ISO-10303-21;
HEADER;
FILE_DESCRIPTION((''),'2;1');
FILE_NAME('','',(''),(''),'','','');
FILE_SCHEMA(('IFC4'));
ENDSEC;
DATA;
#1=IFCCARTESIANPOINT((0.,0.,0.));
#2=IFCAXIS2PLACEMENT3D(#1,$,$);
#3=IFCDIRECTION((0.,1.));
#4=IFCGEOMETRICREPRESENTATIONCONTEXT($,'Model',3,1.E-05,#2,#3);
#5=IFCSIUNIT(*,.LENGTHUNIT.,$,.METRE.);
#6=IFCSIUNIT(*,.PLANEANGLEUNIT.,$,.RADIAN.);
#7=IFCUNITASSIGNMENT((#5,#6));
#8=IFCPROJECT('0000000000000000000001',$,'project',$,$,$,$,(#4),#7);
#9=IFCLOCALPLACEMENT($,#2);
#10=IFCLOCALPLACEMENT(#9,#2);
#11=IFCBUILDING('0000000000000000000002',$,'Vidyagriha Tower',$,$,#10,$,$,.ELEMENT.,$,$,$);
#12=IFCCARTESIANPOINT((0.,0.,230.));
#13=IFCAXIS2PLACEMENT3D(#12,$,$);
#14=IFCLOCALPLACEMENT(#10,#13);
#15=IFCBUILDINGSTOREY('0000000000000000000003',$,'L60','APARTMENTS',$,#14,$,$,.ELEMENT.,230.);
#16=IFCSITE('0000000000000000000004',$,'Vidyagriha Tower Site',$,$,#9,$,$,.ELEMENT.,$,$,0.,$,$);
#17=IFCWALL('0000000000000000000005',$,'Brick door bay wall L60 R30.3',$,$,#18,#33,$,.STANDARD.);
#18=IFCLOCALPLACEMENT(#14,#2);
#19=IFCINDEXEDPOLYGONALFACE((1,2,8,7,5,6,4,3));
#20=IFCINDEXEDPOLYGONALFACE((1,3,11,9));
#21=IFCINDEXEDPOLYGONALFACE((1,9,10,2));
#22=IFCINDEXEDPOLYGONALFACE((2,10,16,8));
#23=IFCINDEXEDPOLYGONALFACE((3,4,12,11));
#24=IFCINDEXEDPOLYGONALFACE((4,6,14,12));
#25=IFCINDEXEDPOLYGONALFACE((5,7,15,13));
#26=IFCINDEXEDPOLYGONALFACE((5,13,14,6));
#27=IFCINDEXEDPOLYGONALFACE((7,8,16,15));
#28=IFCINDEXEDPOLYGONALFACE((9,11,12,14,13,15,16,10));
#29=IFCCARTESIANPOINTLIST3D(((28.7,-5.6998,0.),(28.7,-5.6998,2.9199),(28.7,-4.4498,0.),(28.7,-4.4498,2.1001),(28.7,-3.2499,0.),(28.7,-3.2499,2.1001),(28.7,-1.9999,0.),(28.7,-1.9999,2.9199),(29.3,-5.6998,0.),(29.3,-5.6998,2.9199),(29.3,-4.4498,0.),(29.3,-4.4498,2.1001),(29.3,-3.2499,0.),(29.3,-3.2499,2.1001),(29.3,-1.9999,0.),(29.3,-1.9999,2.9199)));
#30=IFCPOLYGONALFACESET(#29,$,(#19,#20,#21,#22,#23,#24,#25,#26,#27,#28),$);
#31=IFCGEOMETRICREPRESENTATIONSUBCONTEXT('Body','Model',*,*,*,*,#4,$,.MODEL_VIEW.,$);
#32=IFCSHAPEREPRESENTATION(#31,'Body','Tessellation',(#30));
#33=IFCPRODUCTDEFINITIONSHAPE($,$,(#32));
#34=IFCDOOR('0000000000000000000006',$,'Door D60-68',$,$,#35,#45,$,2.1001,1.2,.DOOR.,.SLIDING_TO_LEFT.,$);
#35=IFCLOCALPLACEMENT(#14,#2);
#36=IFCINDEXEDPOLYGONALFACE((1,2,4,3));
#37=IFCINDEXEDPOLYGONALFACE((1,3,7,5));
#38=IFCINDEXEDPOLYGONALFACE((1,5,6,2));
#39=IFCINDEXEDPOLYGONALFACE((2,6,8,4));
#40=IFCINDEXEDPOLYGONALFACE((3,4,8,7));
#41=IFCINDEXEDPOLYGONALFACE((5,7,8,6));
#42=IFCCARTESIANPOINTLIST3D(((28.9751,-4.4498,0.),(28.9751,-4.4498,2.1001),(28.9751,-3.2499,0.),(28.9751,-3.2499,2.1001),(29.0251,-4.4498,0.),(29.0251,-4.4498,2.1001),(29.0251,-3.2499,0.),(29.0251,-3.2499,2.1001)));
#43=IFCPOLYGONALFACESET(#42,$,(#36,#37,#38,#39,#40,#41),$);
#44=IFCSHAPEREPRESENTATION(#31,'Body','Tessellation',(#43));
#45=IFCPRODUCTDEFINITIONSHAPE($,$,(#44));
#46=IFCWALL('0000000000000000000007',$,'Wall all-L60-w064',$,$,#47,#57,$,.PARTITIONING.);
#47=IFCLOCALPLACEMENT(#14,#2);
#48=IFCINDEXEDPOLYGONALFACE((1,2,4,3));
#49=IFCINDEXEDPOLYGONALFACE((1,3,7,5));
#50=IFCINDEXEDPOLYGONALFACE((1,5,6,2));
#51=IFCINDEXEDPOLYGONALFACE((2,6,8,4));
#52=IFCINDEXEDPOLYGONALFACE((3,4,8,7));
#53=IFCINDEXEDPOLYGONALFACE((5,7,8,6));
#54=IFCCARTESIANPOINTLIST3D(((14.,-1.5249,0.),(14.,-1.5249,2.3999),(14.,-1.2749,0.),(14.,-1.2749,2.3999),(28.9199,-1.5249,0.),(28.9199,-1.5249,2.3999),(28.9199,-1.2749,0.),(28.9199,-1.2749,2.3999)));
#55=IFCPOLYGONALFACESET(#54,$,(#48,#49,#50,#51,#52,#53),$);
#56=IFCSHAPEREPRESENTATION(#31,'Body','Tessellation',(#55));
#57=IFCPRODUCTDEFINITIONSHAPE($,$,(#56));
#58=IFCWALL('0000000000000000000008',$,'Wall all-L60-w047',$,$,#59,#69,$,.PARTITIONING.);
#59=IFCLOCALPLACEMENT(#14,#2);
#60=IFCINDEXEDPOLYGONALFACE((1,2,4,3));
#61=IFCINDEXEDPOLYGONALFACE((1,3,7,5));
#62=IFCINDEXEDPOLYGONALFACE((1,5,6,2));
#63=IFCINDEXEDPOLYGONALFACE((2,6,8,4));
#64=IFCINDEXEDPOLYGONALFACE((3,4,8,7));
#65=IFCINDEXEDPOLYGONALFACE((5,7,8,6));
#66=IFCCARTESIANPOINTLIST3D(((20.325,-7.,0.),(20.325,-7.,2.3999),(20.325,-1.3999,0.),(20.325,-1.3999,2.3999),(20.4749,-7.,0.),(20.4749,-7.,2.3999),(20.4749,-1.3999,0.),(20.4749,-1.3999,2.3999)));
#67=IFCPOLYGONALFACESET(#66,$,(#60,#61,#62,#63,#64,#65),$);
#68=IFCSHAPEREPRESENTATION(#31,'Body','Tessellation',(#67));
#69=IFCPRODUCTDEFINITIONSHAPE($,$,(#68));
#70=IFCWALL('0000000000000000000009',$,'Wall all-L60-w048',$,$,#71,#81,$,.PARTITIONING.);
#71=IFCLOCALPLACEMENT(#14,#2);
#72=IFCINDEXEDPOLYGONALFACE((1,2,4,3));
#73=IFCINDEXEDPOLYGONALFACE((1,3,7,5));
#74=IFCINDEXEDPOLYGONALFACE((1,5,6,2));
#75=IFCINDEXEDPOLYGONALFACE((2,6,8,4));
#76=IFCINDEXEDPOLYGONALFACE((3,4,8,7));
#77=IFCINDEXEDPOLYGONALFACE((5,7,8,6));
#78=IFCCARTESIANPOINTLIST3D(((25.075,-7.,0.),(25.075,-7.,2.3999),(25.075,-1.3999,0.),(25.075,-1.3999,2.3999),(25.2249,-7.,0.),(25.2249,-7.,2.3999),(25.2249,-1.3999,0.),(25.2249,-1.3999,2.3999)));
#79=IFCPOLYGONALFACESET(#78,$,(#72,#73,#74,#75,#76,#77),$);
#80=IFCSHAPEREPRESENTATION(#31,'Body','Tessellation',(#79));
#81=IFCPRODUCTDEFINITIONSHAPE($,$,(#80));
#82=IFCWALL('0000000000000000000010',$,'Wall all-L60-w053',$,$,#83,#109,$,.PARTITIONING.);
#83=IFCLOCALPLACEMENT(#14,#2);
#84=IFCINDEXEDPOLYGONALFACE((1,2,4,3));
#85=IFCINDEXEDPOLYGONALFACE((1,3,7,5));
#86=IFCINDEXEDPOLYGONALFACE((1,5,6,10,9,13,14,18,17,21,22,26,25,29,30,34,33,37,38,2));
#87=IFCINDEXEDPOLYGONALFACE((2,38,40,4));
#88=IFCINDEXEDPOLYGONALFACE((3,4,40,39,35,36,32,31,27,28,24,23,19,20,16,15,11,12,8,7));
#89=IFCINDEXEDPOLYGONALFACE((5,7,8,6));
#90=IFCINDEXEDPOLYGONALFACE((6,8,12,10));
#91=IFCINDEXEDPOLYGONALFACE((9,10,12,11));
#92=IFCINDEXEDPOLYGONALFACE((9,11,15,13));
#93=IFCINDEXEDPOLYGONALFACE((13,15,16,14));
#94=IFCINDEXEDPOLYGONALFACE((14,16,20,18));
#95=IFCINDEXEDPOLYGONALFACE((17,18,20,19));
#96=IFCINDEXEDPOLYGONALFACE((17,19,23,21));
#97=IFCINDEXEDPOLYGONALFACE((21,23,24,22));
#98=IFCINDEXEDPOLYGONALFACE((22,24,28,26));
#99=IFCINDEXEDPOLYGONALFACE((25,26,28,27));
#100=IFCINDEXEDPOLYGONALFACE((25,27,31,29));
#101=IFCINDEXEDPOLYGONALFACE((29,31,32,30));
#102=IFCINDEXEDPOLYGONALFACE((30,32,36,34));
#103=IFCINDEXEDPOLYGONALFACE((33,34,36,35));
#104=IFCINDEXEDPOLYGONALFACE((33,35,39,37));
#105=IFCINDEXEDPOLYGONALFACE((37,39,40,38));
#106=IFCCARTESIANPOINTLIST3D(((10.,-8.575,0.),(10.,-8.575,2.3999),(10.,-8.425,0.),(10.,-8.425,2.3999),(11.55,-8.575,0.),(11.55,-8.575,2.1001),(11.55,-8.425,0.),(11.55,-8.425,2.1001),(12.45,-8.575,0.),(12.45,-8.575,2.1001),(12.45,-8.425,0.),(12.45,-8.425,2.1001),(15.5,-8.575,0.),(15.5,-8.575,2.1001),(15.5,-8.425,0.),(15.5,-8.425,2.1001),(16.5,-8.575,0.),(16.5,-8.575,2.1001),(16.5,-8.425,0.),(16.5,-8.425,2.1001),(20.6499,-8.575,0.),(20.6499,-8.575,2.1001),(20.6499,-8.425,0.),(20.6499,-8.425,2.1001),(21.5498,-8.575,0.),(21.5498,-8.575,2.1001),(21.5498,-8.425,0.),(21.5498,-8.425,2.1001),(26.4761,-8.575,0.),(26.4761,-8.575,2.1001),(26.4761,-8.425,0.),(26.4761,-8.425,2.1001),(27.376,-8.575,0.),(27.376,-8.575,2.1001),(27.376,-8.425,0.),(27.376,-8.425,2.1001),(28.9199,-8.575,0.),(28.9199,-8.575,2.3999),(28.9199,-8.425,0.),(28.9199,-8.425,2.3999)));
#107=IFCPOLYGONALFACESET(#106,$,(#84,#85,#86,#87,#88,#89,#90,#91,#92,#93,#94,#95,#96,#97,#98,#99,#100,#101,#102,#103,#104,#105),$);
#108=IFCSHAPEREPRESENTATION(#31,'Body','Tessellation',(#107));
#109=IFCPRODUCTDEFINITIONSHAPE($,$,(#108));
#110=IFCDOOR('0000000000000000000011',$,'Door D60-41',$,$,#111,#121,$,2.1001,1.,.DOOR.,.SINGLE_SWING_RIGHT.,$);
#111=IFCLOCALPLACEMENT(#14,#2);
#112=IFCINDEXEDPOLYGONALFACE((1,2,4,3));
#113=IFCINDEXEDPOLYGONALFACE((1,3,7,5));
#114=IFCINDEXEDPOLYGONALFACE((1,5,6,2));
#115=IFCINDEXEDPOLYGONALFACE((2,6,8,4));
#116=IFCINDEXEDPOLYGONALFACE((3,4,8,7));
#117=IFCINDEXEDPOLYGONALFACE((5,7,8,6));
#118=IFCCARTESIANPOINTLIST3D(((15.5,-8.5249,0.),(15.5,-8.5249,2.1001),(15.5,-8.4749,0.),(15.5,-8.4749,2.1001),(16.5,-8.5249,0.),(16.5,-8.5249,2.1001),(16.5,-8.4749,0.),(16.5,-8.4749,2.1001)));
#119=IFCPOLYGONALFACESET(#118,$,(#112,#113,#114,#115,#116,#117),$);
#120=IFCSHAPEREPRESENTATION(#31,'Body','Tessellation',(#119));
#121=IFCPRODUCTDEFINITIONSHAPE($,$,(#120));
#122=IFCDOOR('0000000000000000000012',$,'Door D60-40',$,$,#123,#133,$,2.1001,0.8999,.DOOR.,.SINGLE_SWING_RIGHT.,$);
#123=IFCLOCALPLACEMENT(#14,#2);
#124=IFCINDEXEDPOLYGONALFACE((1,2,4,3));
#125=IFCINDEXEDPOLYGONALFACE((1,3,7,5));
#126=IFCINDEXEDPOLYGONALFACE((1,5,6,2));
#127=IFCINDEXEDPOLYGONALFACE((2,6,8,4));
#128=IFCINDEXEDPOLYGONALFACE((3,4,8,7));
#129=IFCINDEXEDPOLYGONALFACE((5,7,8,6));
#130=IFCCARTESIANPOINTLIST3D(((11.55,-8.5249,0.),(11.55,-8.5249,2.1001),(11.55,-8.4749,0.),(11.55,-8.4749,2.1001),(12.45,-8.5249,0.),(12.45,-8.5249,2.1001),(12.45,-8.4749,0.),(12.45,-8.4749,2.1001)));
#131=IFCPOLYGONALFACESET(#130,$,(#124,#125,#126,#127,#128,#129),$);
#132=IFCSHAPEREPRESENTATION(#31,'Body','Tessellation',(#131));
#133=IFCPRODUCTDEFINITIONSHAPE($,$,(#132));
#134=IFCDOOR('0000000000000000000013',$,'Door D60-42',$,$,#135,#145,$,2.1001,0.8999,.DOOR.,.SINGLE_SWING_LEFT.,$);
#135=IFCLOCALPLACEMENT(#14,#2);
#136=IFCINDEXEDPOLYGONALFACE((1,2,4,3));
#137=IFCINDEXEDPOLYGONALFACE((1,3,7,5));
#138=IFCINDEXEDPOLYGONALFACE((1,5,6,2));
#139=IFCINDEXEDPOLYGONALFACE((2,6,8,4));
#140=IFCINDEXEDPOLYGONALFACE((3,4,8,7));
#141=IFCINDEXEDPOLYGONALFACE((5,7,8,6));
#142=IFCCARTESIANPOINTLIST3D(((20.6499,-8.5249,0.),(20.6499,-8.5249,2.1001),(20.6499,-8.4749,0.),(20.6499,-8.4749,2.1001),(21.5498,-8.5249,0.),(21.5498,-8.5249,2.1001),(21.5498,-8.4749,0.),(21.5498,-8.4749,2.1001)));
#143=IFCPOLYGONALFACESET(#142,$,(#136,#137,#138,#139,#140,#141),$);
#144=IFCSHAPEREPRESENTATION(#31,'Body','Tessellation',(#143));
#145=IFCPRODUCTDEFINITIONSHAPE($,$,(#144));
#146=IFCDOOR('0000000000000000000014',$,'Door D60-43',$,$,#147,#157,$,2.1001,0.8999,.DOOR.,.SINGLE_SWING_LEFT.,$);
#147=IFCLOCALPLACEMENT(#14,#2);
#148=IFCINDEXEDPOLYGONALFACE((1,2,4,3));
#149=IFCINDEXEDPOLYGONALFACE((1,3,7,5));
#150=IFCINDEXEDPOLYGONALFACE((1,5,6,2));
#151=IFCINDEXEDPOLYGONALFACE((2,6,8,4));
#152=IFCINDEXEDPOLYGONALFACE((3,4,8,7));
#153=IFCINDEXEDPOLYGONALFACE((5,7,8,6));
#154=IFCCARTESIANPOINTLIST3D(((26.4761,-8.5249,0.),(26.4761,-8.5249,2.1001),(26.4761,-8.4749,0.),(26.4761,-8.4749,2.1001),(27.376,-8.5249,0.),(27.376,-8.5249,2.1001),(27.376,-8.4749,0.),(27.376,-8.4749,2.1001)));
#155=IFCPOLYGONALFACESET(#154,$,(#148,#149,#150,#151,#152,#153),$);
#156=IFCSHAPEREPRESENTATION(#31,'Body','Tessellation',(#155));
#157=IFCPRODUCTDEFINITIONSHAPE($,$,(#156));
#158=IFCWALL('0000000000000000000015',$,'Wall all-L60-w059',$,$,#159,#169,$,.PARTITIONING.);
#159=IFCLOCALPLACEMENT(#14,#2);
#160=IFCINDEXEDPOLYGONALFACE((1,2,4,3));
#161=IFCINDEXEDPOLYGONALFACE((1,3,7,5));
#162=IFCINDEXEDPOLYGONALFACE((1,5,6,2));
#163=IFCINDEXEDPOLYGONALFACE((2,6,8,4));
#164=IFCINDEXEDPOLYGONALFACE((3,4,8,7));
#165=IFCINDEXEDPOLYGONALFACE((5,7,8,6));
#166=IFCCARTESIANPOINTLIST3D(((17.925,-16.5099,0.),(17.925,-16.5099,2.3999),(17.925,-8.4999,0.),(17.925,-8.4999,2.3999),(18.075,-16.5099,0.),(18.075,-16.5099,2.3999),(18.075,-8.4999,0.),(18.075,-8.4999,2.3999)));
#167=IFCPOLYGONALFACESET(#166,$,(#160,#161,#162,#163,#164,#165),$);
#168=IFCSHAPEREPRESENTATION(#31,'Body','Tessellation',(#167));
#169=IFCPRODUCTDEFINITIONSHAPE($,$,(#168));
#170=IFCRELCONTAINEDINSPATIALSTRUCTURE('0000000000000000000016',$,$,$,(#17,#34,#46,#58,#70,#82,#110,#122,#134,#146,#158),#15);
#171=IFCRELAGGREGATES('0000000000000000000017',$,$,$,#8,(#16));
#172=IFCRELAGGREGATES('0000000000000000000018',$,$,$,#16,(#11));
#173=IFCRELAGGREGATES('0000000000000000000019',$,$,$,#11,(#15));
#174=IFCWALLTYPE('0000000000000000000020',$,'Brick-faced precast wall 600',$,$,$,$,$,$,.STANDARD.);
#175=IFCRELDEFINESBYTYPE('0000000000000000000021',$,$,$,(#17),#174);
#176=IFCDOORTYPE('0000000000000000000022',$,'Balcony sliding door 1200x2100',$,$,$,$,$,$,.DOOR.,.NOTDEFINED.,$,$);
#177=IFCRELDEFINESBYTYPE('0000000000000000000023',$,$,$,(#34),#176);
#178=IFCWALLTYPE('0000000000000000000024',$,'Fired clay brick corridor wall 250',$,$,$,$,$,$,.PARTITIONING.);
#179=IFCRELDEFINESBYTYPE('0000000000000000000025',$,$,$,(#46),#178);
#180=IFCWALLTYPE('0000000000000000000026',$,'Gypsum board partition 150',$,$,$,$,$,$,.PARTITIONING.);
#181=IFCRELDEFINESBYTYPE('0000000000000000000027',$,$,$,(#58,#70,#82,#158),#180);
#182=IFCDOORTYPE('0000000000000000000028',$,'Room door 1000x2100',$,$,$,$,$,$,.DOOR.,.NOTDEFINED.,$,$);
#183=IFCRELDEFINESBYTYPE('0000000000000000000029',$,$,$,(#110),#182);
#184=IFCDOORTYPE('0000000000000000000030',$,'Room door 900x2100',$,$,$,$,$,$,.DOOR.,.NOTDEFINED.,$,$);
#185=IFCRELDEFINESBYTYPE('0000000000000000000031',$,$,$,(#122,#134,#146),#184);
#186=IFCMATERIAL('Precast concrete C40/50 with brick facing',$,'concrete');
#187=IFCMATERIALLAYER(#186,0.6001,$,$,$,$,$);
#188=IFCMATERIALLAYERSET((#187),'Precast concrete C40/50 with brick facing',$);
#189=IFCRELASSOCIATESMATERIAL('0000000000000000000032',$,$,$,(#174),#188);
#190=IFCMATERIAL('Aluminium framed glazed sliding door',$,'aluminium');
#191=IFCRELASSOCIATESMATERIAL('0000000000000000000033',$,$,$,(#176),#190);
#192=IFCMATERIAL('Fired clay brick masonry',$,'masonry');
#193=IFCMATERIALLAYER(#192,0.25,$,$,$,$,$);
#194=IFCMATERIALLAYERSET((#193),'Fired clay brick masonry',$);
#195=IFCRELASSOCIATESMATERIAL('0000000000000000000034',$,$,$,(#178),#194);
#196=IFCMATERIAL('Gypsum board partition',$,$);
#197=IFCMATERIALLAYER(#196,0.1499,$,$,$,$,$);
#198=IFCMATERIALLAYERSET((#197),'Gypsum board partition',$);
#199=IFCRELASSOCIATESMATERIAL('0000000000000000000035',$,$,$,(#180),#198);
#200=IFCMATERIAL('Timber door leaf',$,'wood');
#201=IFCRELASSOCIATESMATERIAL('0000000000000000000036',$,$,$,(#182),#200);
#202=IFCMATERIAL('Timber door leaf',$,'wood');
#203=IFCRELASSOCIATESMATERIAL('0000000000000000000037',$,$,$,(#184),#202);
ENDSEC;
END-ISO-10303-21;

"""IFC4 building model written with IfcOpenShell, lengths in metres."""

from ifc_helpers import new_model, si_unit, direction, frame, frame_2d, origin, place, context, subcontext, project, spatial, rectangle, extrude, material, layer, layer_set, type_object, element, fill, save


model = new_model("IFC4")

# Units and contexts
model_context = context("Model", 3, precision=1e-05, world=origin(), true_north=direction((0.0, 1.0)))
body_context = subcontext(model_context, "Body", "Model", "MODEL_VIEW")
ifc_project = project(units=[si_unit("LENGTHUNIT", "METRE"), si_unit("PLANEANGLEUNIT", "RADIAN")], contexts=[model_context])

# Site, building, storey
site_placement = place(None, origin())
site = spatial("IfcSite", under=ifc_project, at=site_placement, Name="Vidyagriha Tower Site", CompositionType="ELEMENT", RefElevation=0.0)
building_placement = place(site_placement, origin())
building = spatial("IfcBuilding", under=site, at=building_placement, Name="Vidyagriha Tower", CompositionType="ELEMENT")
storey_placement = place(building_placement, frame((0.0, 0.0, 230.0)))
storey = spatial("IfcBuildingStorey", under=building, at=storey_placement, Name="L60", Description="APARTMENTS", CompositionType="ELEMENT", Elevation=230.0)

# Wall, opening, door
ifc_material_1 = material(Name="Precast concrete C40/50 with brick facing", Category="concrete")
ifc_layer_1 = layer(ifc_material_1, 0.6001)
ifc_layer_set_1 = layer_set([ifc_layer_1], Name="Precast concrete C40/50 with brick facing")
wall_type_1 = type_object("IfcWallType", Name="Brick-faced precast wall 600", PredefinedType="STANDARD", material=ifc_layer_set_1)
wall_1_placement = place(storey_placement, frame((29.0, -5.7, 0.0), z_axis=(0.0, 0.0, 1.0), x_axis=(0.0, 1.0, 0.0)))
wall_1 = element("IfcWall", 1, at=wall_1_placement, inside=storey, type_object=wall_type_1, Name="Brick door bay wall L60 R30.3", PredefinedType="STANDARD", context=body_context, shape_type="SweptSolid", body=[
    extrude(rectangle(XDim=3.7, YDim=0.6001, at=frame_2d((1.8501, 0.0))), origin(), (0.0, 0.0, 1.0), 2.9199),
])
opening_1_placement = place(wall_1_placement, frame((1.25, 0.0, 0.0)))
opening_1 = element("IfcOpeningElement", 2, at=opening_1_placement, cuts=wall_1, PredefinedType="OPENING", context=body_context, shape_type="SweptSolid", body=[
    extrude(rectangle(XDim=1.2, YDim=2.1001, at=frame_2d((0.6001, 1.05))), frame((0.0, 0.3101, 0.0), z_axis=(0.0, -1.0, 0.0), x_axis=(1.0, 0.0, 0.0)), (0.0, 0.0, 1.0), 0.6201),
])
ifc_material_2 = material(Name="Aluminium framed glazed sliding door", Category="aluminium")
door_type_1 = type_object("IfcDoorType", Name="Balcony sliding door 1200x2100", OperationType="NOTDEFINED", PredefinedType="DOOR", material=ifc_material_2)
door_1_placement = place(opening_1_placement, origin())
door_1 = element("IfcDoor", 3, at=door_1_placement, inside=storey, type_object=door_type_1, Name="Door D60-68", OperationType="SLIDING_TO_LEFT", OverallHeight=2.1001, OverallWidth=1.2, PredefinedType="DOOR", context=body_context, shape_type="SweptSolid", body=[
    extrude(rectangle(XDim=1.2, YDim=2.1001, at=frame_2d((0.6001, 1.05))), frame((0.0, 0.0249, 0.0), z_axis=(0.0, -1.0, 0.0), x_axis=(1.0, 0.0, 0.0)), (0.0, 0.0, 1.0), 0.05),
])
fill(opening_1, door_1)

# Walls
ifc_material_3 = material(Name="Fired clay brick masonry", Category="masonry")
ifc_layer_2 = layer(ifc_material_3, 0.25)
ifc_layer_set_2 = layer_set([ifc_layer_2], Name="Fired clay brick masonry")
wall_type_2 = type_object("IfcWallType", Name="Fired clay brick corridor wall 250", PredefinedType="PARTITIONING", material=ifc_layer_set_2)
wall_2_placement = place(storey_placement, frame((28.9199, -1.3999, 0.0), z_axis=(0.0, 0.0, 1.0), x_axis=(-1.0, 0.0, 0.0)))
element("IfcWall", 4, at=wall_2_placement, inside=storey, type_object=wall_type_2, Name="Wall all-L60-w064", PredefinedType="PARTITIONING", context=body_context, shape_type="SweptSolid", body=[
    extrude(rectangle(XDim=14.9199, YDim=0.25, at=frame_2d((7.46, 0.0))), origin(), (0.0, 0.0, 1.0), 2.3999),
])
ifc_material_4 = material(Name="Gypsum board partition")
ifc_layer_3 = layer(ifc_material_4, 0.1499)
ifc_layer_set_3 = layer_set([ifc_layer_3], Name="Gypsum board partition")
wall_type_3 = type_object("IfcWallType", Name="Gypsum board partition 150", PredefinedType="PARTITIONING", material=ifc_layer_set_3)
for number, where, z_axis, x_axis, name in (
    (5, (20.3999, -1.3999, 0.0), (0.0, 0.0, 1.0), (0.0, -1.0, 0.0), "Wall all-L60-w047"),
    (6, (25.1499, -1.3999, 0.0), (0.0, 0.0, 1.0), (0.0, -1.0, 0.0), "Wall all-L60-w048"),
):
    element("IfcWall", number, at=place(storey_placement, frame(where, z_axis=z_axis, x_axis=x_axis)), inside=storey, type_object=wall_type_3, Name=name, PredefinedType="PARTITIONING", context=body_context, shape_type="SweptSolid", body=[
        extrude(rectangle(XDim=5.6001, YDim=0.1499, at=frame_2d((2.8, 0.0))), origin(), (0.0, 0.0, 1.0), 2.3999),
    ])

# Wall, openings, doors
wall_3_placement = place(storey_placement, frame((28.9199, -8.5, 0.0), z_axis=(0.0, 0.0, 1.0), x_axis=(-1.0, 0.0, 0.0)))
wall_3 = element("IfcWall", 7, at=wall_3_placement, inside=storey, type_object=wall_type_3, Name="Wall all-L60-w053", PredefinedType="PARTITIONING", context=body_context, shape_type="SweptSolid", body=[
    extrude(rectangle(XDim=18.9199, YDim=0.1499, at=frame_2d((9.46, 0.0))), origin(), (0.0, 0.0, 1.0), 2.3999),
])
opening_2_placement = place(wall_3_placement, frame((16.47, 0.0, 0.0)))
opening_2 = element("IfcOpeningElement", 8, at=opening_2_placement, cuts=wall_3, PredefinedType="OPENING", context=body_context, shape_type="SweptSolid", body=[
    extrude(rectangle(XDim=0.8999, YDim=2.1001, at=frame_2d((0.45, 1.05))), frame((0.0, 0.085, 0.0), z_axis=(0.0, -1.0, 0.0), x_axis=(1.0, 0.0, 0.0)), (0.0, 0.0, 1.0), 0.1699),
])
opening_3_placement = place(wall_3_placement, frame((12.4199, 0.0, 0.0)))
opening_3 = element("IfcOpeningElement", 9, at=opening_3_placement, cuts=wall_3, PredefinedType="OPENING", context=body_context, shape_type="SweptSolid", body=[
    extrude(rectangle(XDim=1.0, YDim=2.1001, at=frame_2d((0.5, 1.05))), frame((0.0, 0.085, 0.0), z_axis=(0.0, -1.0, 0.0), x_axis=(1.0, 0.0, 0.0)), (0.0, 0.0, 1.0), 0.1699),
])
opening_4_placement = place(wall_3_placement, frame((7.3701, 0.0, 0.0)))
opening_4 = element("IfcOpeningElement", 10, at=opening_4_placement, cuts=wall_3, PredefinedType="OPENING", context=body_context, shape_type="SweptSolid", body=[
    extrude(rectangle(XDim=0.8999, YDim=2.1001, at=frame_2d((0.45, 1.05))), frame((0.0, 0.085, 0.0), z_axis=(0.0, -1.0, 0.0), x_axis=(1.0, 0.0, 0.0)), (0.0, 0.0, 1.0), 0.1699),
])
opening_5_placement = place(wall_3_placement, frame((1.5439, 0.0, 0.0)))
opening_5 = element("IfcOpeningElement", 11, at=opening_5_placement, cuts=wall_3, PredefinedType="OPENING", context=body_context, shape_type="SweptSolid", body=[
    extrude(rectangle(XDim=0.8999, YDim=2.1001, at=frame_2d((0.45, 1.05))), frame((0.0, 0.085, 0.0), z_axis=(0.0, -1.0, 0.0), x_axis=(1.0, 0.0, 0.0)), (0.0, 0.0, 1.0), 0.1699),
])
ifc_material_5 = material(Name="Timber door leaf", Category="wood")
door_type_2 = type_object("IfcDoorType", Name="Room door 1000x2100", OperationType="NOTDEFINED", PredefinedType="DOOR", material=ifc_material_5)
door_2_placement = place(opening_3_placement, origin())
door_2 = element("IfcDoor", 12, at=door_2_placement, inside=storey, type_object=door_type_2, Name="Door D60-41", OperationType="SINGLE_SWING_RIGHT", OverallHeight=2.1001, OverallWidth=1.0, PredefinedType="DOOR", context=body_context, shape_type="SweptSolid", body=[
    extrude(rectangle(XDim=1.0, YDim=2.1001, at=frame_2d((0.5, 1.05))), frame((0.0, 0.0249, 0.0), z_axis=(0.0, -1.0, 0.0), x_axis=(1.0, 0.0, 0.0)), (0.0, 0.0, 1.0), 0.05),
])
fill(opening_3, door_2)
ifc_material_6 = material(Name="Timber door leaf", Category="wood")
door_type_3 = type_object("IfcDoorType", Name="Room door 900x2100", OperationType="NOTDEFINED", PredefinedType="DOOR", material=ifc_material_6)
door_3_placement = place(opening_2_placement, origin())
door_3 = element("IfcDoor", 13, at=door_3_placement, inside=storey, type_object=door_type_3, Name="Door D60-40", OperationType="SINGLE_SWING_RIGHT", OverallHeight=2.1001, OverallWidth=0.8999, PredefinedType="DOOR", context=body_context, shape_type="SweptSolid", body=[
    extrude(rectangle(XDim=0.8999, YDim=2.1001, at=frame_2d((0.45, 1.05))), frame((0.0, 0.0249, 0.0), z_axis=(0.0, -1.0, 0.0), x_axis=(1.0, 0.0, 0.0)), (0.0, 0.0, 1.0), 0.05),
])
fill(opening_2, door_3)
door_4_placement = place(opening_4_placement, origin())
door_4 = element("IfcDoor", 14, at=door_4_placement, inside=storey, type_object=door_type_3, Name="Door D60-42", OperationType="SINGLE_SWING_LEFT", OverallHeight=2.1001, OverallWidth=0.8999, PredefinedType="DOOR", context=body_context, shape_type="SweptSolid", body=[
    extrude(rectangle(XDim=0.8999, YDim=2.1001, at=frame_2d((0.45, 1.05))), frame((0.0, 0.0249, 0.0), z_axis=(0.0, -1.0, 0.0), x_axis=(1.0, 0.0, 0.0)), (0.0, 0.0, 1.0), 0.05),
])
fill(opening_4, door_4)
door_5_placement = place(opening_5_placement, origin())
door_5 = element("IfcDoor", 15, at=door_5_placement, inside=storey, type_object=door_type_3, Name="Door D60-43", OperationType="SINGLE_SWING_LEFT", OverallHeight=2.1001, OverallWidth=0.8999, PredefinedType="DOOR", context=body_context, shape_type="SweptSolid", body=[
    extrude(rectangle(XDim=0.8999, YDim=2.1001, at=frame_2d((0.45, 1.05))), frame((0.0, 0.0249, 0.0), z_axis=(0.0, -1.0, 0.0), x_axis=(1.0, 0.0, 0.0)), (0.0, 0.0, 1.0), 0.05),
])
fill(opening_5, door_5)

# Wall
wall_4_placement = place(storey_placement, frame((18.0, -8.5, 0.0), z_axis=(0.0, 0.0, 1.0), x_axis=(0.0, -1.0, 0.0)))
element("IfcWall", 16, at=wall_4_placement, inside=storey, type_object=wall_type_3, Name="Wall all-L60-w059", PredefinedType="PARTITIONING", context=body_context, shape_type="SweptSolid", body=[
    extrude(rectangle(XDim=8.01, YDim=0.1499, at=frame_2d((4.0049, 0.0))), origin(), (0.0, 0.0, 1.0), 2.3999),
])

save(model, "model.ifc")
